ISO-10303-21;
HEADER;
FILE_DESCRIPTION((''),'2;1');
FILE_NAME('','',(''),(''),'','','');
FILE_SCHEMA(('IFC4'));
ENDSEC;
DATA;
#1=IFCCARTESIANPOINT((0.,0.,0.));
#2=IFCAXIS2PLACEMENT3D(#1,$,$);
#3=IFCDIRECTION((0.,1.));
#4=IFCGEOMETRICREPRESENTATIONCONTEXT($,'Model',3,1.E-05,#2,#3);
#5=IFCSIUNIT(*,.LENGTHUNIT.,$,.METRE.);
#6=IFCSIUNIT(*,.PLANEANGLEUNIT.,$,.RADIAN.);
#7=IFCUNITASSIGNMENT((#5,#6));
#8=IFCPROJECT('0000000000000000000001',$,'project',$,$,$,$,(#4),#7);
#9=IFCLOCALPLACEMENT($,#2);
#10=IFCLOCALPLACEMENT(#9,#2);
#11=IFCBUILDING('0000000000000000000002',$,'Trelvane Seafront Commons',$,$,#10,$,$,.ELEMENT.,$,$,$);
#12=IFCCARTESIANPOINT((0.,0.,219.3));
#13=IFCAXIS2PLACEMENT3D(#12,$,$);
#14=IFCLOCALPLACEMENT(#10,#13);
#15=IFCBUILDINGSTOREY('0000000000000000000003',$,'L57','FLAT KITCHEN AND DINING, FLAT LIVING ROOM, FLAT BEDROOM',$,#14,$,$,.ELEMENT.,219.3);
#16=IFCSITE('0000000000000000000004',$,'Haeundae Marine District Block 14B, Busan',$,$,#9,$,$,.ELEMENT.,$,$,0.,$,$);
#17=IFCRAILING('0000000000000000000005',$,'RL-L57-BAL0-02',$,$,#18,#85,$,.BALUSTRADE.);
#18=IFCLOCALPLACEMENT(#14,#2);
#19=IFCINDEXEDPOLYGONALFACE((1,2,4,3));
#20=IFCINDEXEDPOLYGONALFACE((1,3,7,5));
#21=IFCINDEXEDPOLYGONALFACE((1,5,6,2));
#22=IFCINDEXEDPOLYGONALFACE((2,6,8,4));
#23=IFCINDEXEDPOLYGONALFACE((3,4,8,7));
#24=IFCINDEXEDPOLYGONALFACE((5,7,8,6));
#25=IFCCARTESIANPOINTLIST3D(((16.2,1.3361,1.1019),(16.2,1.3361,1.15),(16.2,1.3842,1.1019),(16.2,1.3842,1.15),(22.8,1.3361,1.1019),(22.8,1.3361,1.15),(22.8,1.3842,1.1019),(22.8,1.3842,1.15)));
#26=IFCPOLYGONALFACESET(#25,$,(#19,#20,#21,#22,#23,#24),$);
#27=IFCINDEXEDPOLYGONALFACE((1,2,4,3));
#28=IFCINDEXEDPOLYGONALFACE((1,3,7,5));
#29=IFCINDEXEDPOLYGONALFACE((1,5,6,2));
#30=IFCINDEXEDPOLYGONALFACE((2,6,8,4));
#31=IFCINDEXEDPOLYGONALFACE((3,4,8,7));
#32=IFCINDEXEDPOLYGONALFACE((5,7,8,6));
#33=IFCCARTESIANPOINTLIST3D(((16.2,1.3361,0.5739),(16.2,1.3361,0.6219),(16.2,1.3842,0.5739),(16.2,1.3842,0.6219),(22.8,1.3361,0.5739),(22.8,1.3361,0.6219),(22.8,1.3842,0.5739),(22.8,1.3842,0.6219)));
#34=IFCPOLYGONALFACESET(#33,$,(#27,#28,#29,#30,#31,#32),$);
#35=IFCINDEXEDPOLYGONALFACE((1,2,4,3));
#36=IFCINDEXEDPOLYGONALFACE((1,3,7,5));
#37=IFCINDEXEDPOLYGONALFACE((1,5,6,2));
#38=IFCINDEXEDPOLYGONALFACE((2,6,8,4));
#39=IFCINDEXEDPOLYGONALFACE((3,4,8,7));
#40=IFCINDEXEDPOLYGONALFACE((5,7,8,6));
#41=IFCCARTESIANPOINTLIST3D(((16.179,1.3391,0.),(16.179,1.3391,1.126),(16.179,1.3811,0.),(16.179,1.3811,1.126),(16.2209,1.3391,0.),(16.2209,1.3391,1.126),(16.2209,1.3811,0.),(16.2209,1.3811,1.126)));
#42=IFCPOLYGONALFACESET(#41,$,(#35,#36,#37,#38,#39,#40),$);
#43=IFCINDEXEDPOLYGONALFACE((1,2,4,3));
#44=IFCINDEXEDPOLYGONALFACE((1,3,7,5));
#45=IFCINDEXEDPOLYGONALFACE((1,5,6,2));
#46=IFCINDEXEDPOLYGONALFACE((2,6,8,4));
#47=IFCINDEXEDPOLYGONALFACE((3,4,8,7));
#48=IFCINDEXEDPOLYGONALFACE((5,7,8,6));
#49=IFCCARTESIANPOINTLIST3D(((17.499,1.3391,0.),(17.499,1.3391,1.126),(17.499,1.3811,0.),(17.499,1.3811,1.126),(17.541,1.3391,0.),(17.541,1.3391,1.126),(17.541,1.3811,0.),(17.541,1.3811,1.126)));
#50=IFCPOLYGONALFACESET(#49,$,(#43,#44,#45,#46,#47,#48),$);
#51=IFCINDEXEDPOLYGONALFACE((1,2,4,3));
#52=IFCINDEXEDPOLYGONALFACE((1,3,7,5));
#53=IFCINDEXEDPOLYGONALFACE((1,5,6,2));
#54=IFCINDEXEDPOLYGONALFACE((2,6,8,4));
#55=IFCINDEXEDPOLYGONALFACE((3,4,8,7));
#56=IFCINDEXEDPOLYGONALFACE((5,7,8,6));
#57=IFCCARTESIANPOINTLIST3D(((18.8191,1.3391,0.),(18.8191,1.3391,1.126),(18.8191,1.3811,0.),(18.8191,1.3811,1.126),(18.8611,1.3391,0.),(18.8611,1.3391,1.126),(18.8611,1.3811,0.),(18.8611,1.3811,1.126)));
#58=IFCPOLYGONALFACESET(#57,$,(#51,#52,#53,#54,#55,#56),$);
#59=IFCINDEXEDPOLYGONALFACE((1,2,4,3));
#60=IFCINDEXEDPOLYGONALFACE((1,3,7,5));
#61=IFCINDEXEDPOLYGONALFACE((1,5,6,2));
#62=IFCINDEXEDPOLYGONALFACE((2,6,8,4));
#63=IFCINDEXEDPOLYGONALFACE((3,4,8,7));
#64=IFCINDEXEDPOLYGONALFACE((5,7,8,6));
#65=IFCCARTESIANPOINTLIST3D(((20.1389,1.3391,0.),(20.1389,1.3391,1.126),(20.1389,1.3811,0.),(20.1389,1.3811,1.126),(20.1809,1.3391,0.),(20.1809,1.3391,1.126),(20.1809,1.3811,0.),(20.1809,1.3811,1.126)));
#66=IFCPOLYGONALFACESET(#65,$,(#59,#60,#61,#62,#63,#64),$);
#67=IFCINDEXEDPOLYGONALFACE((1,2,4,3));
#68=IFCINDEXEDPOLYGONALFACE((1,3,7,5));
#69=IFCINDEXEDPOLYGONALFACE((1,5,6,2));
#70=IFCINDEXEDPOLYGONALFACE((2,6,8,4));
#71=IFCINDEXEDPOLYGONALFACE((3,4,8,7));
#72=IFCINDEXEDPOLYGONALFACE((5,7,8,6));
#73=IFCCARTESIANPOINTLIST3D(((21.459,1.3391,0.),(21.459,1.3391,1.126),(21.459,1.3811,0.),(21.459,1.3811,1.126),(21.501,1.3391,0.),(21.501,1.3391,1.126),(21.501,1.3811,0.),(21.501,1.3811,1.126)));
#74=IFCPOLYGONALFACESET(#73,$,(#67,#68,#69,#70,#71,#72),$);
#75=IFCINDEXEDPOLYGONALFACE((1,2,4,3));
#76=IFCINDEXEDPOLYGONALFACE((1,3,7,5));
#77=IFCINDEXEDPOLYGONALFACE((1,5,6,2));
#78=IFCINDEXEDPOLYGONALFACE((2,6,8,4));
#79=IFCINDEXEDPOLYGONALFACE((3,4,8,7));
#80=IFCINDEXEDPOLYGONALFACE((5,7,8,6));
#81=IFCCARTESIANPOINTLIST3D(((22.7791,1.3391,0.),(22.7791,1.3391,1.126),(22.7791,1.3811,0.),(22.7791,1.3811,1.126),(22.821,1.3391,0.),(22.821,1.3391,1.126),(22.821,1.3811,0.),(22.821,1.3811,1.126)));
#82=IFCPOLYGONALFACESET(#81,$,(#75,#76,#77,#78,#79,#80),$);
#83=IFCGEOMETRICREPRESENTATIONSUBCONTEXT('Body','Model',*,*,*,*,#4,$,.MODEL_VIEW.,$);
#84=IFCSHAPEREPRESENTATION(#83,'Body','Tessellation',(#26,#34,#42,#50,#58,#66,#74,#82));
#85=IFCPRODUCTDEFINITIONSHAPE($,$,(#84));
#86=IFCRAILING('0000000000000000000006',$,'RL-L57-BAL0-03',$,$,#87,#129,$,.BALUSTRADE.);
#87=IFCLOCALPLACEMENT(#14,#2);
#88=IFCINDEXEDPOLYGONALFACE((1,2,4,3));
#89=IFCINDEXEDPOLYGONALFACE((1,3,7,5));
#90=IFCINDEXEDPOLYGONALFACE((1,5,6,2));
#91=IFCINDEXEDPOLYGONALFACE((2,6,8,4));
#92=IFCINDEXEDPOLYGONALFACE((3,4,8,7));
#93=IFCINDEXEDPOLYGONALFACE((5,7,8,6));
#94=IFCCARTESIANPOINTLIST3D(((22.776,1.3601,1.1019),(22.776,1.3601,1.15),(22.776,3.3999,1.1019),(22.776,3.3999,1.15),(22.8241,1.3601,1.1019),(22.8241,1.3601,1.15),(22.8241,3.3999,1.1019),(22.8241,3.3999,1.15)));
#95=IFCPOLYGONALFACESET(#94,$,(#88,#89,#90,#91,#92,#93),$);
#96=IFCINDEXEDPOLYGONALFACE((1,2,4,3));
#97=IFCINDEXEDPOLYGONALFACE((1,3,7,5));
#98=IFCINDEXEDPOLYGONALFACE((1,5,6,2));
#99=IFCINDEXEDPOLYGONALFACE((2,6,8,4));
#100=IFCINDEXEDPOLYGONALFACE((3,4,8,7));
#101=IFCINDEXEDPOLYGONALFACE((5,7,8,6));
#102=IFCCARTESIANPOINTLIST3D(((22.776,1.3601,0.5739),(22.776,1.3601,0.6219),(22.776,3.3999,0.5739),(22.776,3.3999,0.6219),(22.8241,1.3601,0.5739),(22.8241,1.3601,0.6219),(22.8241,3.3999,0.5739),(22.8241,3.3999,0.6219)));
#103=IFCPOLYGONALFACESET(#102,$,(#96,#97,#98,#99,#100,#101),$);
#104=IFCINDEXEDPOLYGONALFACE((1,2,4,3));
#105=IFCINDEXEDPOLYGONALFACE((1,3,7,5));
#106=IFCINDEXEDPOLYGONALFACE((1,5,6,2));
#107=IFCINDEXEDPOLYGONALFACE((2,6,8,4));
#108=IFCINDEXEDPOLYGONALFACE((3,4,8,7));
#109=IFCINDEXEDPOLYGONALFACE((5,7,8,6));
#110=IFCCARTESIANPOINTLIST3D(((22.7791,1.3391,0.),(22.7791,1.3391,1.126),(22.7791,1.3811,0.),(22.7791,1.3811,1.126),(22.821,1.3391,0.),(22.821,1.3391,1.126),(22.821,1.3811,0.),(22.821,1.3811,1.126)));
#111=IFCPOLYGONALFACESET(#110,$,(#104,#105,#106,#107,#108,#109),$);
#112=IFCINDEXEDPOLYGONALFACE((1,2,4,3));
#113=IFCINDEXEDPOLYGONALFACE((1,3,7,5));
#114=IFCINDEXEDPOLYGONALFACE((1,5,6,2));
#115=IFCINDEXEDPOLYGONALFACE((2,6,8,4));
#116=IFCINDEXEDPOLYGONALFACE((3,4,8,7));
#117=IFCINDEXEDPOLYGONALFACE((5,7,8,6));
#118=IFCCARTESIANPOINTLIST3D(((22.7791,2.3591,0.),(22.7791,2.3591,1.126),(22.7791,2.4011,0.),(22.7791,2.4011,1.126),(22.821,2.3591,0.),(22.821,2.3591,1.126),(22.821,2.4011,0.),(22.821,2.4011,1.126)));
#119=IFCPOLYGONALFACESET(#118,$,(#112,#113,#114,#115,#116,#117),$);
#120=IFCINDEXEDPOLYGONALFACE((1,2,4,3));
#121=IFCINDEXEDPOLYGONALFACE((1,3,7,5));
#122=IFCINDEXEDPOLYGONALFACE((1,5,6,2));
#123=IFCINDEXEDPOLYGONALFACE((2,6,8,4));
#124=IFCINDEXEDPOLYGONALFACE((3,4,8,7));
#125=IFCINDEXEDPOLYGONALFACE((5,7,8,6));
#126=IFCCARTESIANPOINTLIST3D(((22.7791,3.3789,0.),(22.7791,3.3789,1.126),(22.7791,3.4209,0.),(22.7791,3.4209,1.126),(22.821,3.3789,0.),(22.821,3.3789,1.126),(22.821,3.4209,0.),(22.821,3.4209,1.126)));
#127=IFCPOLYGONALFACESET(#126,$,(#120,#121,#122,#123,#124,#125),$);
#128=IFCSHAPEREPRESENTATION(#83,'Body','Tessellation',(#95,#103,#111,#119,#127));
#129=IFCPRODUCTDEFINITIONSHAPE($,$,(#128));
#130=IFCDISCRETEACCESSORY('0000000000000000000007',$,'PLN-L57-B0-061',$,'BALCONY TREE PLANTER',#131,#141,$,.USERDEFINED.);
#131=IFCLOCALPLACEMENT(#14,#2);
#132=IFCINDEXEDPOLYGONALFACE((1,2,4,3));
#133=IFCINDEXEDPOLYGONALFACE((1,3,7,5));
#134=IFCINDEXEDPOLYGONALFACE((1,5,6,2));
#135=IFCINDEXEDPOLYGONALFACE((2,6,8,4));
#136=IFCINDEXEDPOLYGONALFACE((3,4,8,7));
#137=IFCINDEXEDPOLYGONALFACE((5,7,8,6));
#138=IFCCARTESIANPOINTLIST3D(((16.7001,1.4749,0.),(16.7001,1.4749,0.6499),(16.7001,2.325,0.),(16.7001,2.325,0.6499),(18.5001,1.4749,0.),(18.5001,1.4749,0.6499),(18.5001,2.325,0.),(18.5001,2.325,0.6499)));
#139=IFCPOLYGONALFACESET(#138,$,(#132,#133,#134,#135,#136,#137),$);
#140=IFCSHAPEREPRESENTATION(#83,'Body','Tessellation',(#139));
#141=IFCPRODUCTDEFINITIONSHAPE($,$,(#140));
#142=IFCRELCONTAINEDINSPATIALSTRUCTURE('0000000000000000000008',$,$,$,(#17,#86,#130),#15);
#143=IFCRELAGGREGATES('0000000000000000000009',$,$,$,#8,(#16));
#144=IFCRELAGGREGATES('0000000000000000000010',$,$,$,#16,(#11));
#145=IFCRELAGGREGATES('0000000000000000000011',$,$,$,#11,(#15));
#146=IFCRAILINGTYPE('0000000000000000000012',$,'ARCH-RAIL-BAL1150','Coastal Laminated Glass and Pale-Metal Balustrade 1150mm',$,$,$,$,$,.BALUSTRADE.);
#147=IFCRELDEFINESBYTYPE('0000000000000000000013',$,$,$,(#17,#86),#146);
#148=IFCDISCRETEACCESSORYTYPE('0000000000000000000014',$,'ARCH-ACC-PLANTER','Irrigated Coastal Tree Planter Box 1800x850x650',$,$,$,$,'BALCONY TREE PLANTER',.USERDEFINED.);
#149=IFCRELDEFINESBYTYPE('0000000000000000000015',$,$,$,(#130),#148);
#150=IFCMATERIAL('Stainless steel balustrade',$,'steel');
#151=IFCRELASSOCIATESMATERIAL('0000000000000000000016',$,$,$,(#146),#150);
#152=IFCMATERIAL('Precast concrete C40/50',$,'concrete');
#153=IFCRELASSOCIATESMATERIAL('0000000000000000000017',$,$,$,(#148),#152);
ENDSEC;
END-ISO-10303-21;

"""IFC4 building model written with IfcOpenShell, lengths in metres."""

from ifc_helpers import new_model, si_unit, direction, frame, origin, origin_2d, place, context, subcontext, project, spatial, rectangle, extrude, source, transform, mapped, material, type_object, element, save


model = new_model("IFC4")

# Units and contexts
model_context = context("Model", 3, precision=1e-05, world=origin(), true_north=direction((0.0, 1.0)))
body_context = subcontext(model_context, "Body", "Model", "MODEL_VIEW")
ifc_project = project(units=[si_unit("LENGTHUNIT", "METRE"), si_unit("PLANEANGLEUNIT", "RADIAN")], contexts=[model_context])

# Site, building, storey
site_placement = place(None, origin())
site = spatial("IfcSite", under=ifc_project, at=site_placement, Name="Haeundae Marine District Block 14B, Busan", CompositionType="ELEMENT", RefElevation=0.0)
building_placement = place(site_placement, origin())
building = spatial("IfcBuilding", under=site, at=building_placement, Name="Trelvane Seafront Commons", CompositionType="ELEMENT")
storey_placement = place(building_placement, frame((0.0, 0.0, 219.3)))
storey = spatial("IfcBuildingStorey", under=building, at=storey_placement, Name="L57", Description="FLAT KITCHEN AND DINING, FLAT LIVING ROOM, FLAT BEDROOM", CompositionType="ELEMENT", Elevation=219.3)

# Railings
ifc_material_1 = material(Name="Stainless steel balustrade", Category="steel")
railing_type = type_object("IfcRailingType", Name="ARCH-RAIL-BAL1150", Description="Coastal Laminated Glass and Pale-Metal Balustrade 1150mm", PredefinedType="BALUSTRADE", material=ifc_material_1)
railing_1_placement = place(storey_placement, frame((16.2, 1.3601, 0.0)))
element("IfcRailing", 1, at=railing_1_placement, inside=storey, type_object=railing_type, Name="RL-L57-BAL0-02", PredefinedType="BALUSTRADE", context=body_context, shape_type="SweptSolid", body=[
    extrude(rectangle(XDim=0.0481, YDim=0.0481, at=origin_2d()), frame((0.0, 0.0, 1.126), z_axis=(1.0, 0.0, 0.0), x_axis=(0.0, 1.0, 0.0)), (0.0, 0.0, 1.0), 6.6001),
    extrude(rectangle(XDim=0.0481, YDim=0.0481, at=origin_2d()), frame((0.0, 0.0, 0.5979), z_axis=(1.0, 0.0, 0.0), x_axis=(0.0, 1.0, 0.0)), (0.0, 0.0, 1.0), 6.6001),
    extrude(rectangle(XDim=0.042, YDim=0.042, at=origin_2d()), origin(), (0.0, 0.0, 1.0), 1.126),
    extrude(rectangle(XDim=0.042, YDim=0.042, at=origin_2d()), frame((1.3201, 0.0, 0.0)), (0.0, 0.0, 1.0), 1.126),
    extrude(rectangle(XDim=0.042, YDim=0.042, at=origin_2d()), frame((2.6401, 0.0, 0.0)), (0.0, 0.0, 1.0), 1.126),
    extrude(rectangle(XDim=0.042, YDim=0.042, at=origin_2d()), frame((3.96, 0.0, 0.0)), (0.0, 0.0, 1.0), 1.126),
    extrude(rectangle(XDim=0.042, YDim=0.042, at=origin_2d()), frame((5.28, 0.0, 0.0)), (0.0, 0.0, 1.0), 1.126),
    extrude(rectangle(XDim=0.042, YDim=0.042, at=origin_2d()), frame((6.6001, 0.0, 0.0)), (0.0, 0.0, 1.0), 1.126),
])
railing_2_placement = place(storey_placement, frame((22.8, 1.3601, 0.0)))
element("IfcRailing", 2, at=railing_2_placement, inside=storey, type_object=railing_type, Name="RL-L57-BAL0-03", PredefinedType="BALUSTRADE", context=body_context, shape_type="SweptSolid", body=[
    extrude(rectangle(XDim=0.0481, YDim=0.0481, at=origin_2d()), frame((0.0, 0.0, 1.126), z_axis=(0.0, 1.0, 0.0), x_axis=(-1.0, 0.0, 0.0)), (0.0, 0.0, 1.0), 2.0398),
    extrude(rectangle(XDim=0.0481, YDim=0.0481, at=origin_2d()), frame((0.0, 0.0, 0.5979), z_axis=(0.0, 1.0, 0.0), x_axis=(-1.0, 0.0, 0.0)), (0.0, 0.0, 1.0), 2.0398),
    extrude(rectangle(XDim=0.042, YDim=0.042, at=origin_2d()), origin(), (0.0, 0.0, 1.0), 1.126),
    extrude(rectangle(XDim=0.042, YDim=0.042, at=origin_2d()), frame((0.0, 1.02, 0.0)), (0.0, 0.0, 1.0), 1.126),
    extrude(rectangle(XDim=0.042, YDim=0.042, at=origin_2d()), frame((0.0, 2.0398, 0.0)), (0.0, 0.0, 1.0), 1.126),
])

# Discrete accessory
ifc_material_2 = material(Name="Precast concrete C40/50", Category="concrete")
discrete_accessory_type = type_object("IfcDiscreteAccessoryType", Name="ARCH-ACC-PLANTER", Description="Irrigated Coastal Tree Planter Box 1800x850x650", ElementType="BALCONY TREE PLANTER", PredefinedType="USERDEFINED", material=ifc_material_2)
shared_shape_1 = source(origin(), body_context, "Body", "SweptSolid", [
    extrude(rectangle(XDim=1.8, YDim=0.8501, at=origin_2d()), origin(), (0.0, 0.0, 1.0), 0.6499),
])
discrete_accessory_placement = place(storey_placement, frame((17.6001, 1.8999, 0.0), z_axis=(0.0, 0.0, 1.0), x_axis=(1.0, 0.0, 0.0)))
element("IfcDiscreteAccessory", 3, at=discrete_accessory_placement, inside=storey, type_object=discrete_accessory_type, Name="PLN-L57-B0-061", ObjectType="BALCONY TREE PLANTER", PredefinedType="USERDEFINED", context=body_context, shape_type="MappedRepresentation", body=[
    mapped(shared_shape_1, transform((0.0, 0.0, 0.0), x_axis=(1.0, 0.0, 0.0), y_axis=(0.0, 1.0, 0.0), z_axis=(0.0, 0.0, 1.0), scale=1.0)),
])

save(model, "model.ifc")
